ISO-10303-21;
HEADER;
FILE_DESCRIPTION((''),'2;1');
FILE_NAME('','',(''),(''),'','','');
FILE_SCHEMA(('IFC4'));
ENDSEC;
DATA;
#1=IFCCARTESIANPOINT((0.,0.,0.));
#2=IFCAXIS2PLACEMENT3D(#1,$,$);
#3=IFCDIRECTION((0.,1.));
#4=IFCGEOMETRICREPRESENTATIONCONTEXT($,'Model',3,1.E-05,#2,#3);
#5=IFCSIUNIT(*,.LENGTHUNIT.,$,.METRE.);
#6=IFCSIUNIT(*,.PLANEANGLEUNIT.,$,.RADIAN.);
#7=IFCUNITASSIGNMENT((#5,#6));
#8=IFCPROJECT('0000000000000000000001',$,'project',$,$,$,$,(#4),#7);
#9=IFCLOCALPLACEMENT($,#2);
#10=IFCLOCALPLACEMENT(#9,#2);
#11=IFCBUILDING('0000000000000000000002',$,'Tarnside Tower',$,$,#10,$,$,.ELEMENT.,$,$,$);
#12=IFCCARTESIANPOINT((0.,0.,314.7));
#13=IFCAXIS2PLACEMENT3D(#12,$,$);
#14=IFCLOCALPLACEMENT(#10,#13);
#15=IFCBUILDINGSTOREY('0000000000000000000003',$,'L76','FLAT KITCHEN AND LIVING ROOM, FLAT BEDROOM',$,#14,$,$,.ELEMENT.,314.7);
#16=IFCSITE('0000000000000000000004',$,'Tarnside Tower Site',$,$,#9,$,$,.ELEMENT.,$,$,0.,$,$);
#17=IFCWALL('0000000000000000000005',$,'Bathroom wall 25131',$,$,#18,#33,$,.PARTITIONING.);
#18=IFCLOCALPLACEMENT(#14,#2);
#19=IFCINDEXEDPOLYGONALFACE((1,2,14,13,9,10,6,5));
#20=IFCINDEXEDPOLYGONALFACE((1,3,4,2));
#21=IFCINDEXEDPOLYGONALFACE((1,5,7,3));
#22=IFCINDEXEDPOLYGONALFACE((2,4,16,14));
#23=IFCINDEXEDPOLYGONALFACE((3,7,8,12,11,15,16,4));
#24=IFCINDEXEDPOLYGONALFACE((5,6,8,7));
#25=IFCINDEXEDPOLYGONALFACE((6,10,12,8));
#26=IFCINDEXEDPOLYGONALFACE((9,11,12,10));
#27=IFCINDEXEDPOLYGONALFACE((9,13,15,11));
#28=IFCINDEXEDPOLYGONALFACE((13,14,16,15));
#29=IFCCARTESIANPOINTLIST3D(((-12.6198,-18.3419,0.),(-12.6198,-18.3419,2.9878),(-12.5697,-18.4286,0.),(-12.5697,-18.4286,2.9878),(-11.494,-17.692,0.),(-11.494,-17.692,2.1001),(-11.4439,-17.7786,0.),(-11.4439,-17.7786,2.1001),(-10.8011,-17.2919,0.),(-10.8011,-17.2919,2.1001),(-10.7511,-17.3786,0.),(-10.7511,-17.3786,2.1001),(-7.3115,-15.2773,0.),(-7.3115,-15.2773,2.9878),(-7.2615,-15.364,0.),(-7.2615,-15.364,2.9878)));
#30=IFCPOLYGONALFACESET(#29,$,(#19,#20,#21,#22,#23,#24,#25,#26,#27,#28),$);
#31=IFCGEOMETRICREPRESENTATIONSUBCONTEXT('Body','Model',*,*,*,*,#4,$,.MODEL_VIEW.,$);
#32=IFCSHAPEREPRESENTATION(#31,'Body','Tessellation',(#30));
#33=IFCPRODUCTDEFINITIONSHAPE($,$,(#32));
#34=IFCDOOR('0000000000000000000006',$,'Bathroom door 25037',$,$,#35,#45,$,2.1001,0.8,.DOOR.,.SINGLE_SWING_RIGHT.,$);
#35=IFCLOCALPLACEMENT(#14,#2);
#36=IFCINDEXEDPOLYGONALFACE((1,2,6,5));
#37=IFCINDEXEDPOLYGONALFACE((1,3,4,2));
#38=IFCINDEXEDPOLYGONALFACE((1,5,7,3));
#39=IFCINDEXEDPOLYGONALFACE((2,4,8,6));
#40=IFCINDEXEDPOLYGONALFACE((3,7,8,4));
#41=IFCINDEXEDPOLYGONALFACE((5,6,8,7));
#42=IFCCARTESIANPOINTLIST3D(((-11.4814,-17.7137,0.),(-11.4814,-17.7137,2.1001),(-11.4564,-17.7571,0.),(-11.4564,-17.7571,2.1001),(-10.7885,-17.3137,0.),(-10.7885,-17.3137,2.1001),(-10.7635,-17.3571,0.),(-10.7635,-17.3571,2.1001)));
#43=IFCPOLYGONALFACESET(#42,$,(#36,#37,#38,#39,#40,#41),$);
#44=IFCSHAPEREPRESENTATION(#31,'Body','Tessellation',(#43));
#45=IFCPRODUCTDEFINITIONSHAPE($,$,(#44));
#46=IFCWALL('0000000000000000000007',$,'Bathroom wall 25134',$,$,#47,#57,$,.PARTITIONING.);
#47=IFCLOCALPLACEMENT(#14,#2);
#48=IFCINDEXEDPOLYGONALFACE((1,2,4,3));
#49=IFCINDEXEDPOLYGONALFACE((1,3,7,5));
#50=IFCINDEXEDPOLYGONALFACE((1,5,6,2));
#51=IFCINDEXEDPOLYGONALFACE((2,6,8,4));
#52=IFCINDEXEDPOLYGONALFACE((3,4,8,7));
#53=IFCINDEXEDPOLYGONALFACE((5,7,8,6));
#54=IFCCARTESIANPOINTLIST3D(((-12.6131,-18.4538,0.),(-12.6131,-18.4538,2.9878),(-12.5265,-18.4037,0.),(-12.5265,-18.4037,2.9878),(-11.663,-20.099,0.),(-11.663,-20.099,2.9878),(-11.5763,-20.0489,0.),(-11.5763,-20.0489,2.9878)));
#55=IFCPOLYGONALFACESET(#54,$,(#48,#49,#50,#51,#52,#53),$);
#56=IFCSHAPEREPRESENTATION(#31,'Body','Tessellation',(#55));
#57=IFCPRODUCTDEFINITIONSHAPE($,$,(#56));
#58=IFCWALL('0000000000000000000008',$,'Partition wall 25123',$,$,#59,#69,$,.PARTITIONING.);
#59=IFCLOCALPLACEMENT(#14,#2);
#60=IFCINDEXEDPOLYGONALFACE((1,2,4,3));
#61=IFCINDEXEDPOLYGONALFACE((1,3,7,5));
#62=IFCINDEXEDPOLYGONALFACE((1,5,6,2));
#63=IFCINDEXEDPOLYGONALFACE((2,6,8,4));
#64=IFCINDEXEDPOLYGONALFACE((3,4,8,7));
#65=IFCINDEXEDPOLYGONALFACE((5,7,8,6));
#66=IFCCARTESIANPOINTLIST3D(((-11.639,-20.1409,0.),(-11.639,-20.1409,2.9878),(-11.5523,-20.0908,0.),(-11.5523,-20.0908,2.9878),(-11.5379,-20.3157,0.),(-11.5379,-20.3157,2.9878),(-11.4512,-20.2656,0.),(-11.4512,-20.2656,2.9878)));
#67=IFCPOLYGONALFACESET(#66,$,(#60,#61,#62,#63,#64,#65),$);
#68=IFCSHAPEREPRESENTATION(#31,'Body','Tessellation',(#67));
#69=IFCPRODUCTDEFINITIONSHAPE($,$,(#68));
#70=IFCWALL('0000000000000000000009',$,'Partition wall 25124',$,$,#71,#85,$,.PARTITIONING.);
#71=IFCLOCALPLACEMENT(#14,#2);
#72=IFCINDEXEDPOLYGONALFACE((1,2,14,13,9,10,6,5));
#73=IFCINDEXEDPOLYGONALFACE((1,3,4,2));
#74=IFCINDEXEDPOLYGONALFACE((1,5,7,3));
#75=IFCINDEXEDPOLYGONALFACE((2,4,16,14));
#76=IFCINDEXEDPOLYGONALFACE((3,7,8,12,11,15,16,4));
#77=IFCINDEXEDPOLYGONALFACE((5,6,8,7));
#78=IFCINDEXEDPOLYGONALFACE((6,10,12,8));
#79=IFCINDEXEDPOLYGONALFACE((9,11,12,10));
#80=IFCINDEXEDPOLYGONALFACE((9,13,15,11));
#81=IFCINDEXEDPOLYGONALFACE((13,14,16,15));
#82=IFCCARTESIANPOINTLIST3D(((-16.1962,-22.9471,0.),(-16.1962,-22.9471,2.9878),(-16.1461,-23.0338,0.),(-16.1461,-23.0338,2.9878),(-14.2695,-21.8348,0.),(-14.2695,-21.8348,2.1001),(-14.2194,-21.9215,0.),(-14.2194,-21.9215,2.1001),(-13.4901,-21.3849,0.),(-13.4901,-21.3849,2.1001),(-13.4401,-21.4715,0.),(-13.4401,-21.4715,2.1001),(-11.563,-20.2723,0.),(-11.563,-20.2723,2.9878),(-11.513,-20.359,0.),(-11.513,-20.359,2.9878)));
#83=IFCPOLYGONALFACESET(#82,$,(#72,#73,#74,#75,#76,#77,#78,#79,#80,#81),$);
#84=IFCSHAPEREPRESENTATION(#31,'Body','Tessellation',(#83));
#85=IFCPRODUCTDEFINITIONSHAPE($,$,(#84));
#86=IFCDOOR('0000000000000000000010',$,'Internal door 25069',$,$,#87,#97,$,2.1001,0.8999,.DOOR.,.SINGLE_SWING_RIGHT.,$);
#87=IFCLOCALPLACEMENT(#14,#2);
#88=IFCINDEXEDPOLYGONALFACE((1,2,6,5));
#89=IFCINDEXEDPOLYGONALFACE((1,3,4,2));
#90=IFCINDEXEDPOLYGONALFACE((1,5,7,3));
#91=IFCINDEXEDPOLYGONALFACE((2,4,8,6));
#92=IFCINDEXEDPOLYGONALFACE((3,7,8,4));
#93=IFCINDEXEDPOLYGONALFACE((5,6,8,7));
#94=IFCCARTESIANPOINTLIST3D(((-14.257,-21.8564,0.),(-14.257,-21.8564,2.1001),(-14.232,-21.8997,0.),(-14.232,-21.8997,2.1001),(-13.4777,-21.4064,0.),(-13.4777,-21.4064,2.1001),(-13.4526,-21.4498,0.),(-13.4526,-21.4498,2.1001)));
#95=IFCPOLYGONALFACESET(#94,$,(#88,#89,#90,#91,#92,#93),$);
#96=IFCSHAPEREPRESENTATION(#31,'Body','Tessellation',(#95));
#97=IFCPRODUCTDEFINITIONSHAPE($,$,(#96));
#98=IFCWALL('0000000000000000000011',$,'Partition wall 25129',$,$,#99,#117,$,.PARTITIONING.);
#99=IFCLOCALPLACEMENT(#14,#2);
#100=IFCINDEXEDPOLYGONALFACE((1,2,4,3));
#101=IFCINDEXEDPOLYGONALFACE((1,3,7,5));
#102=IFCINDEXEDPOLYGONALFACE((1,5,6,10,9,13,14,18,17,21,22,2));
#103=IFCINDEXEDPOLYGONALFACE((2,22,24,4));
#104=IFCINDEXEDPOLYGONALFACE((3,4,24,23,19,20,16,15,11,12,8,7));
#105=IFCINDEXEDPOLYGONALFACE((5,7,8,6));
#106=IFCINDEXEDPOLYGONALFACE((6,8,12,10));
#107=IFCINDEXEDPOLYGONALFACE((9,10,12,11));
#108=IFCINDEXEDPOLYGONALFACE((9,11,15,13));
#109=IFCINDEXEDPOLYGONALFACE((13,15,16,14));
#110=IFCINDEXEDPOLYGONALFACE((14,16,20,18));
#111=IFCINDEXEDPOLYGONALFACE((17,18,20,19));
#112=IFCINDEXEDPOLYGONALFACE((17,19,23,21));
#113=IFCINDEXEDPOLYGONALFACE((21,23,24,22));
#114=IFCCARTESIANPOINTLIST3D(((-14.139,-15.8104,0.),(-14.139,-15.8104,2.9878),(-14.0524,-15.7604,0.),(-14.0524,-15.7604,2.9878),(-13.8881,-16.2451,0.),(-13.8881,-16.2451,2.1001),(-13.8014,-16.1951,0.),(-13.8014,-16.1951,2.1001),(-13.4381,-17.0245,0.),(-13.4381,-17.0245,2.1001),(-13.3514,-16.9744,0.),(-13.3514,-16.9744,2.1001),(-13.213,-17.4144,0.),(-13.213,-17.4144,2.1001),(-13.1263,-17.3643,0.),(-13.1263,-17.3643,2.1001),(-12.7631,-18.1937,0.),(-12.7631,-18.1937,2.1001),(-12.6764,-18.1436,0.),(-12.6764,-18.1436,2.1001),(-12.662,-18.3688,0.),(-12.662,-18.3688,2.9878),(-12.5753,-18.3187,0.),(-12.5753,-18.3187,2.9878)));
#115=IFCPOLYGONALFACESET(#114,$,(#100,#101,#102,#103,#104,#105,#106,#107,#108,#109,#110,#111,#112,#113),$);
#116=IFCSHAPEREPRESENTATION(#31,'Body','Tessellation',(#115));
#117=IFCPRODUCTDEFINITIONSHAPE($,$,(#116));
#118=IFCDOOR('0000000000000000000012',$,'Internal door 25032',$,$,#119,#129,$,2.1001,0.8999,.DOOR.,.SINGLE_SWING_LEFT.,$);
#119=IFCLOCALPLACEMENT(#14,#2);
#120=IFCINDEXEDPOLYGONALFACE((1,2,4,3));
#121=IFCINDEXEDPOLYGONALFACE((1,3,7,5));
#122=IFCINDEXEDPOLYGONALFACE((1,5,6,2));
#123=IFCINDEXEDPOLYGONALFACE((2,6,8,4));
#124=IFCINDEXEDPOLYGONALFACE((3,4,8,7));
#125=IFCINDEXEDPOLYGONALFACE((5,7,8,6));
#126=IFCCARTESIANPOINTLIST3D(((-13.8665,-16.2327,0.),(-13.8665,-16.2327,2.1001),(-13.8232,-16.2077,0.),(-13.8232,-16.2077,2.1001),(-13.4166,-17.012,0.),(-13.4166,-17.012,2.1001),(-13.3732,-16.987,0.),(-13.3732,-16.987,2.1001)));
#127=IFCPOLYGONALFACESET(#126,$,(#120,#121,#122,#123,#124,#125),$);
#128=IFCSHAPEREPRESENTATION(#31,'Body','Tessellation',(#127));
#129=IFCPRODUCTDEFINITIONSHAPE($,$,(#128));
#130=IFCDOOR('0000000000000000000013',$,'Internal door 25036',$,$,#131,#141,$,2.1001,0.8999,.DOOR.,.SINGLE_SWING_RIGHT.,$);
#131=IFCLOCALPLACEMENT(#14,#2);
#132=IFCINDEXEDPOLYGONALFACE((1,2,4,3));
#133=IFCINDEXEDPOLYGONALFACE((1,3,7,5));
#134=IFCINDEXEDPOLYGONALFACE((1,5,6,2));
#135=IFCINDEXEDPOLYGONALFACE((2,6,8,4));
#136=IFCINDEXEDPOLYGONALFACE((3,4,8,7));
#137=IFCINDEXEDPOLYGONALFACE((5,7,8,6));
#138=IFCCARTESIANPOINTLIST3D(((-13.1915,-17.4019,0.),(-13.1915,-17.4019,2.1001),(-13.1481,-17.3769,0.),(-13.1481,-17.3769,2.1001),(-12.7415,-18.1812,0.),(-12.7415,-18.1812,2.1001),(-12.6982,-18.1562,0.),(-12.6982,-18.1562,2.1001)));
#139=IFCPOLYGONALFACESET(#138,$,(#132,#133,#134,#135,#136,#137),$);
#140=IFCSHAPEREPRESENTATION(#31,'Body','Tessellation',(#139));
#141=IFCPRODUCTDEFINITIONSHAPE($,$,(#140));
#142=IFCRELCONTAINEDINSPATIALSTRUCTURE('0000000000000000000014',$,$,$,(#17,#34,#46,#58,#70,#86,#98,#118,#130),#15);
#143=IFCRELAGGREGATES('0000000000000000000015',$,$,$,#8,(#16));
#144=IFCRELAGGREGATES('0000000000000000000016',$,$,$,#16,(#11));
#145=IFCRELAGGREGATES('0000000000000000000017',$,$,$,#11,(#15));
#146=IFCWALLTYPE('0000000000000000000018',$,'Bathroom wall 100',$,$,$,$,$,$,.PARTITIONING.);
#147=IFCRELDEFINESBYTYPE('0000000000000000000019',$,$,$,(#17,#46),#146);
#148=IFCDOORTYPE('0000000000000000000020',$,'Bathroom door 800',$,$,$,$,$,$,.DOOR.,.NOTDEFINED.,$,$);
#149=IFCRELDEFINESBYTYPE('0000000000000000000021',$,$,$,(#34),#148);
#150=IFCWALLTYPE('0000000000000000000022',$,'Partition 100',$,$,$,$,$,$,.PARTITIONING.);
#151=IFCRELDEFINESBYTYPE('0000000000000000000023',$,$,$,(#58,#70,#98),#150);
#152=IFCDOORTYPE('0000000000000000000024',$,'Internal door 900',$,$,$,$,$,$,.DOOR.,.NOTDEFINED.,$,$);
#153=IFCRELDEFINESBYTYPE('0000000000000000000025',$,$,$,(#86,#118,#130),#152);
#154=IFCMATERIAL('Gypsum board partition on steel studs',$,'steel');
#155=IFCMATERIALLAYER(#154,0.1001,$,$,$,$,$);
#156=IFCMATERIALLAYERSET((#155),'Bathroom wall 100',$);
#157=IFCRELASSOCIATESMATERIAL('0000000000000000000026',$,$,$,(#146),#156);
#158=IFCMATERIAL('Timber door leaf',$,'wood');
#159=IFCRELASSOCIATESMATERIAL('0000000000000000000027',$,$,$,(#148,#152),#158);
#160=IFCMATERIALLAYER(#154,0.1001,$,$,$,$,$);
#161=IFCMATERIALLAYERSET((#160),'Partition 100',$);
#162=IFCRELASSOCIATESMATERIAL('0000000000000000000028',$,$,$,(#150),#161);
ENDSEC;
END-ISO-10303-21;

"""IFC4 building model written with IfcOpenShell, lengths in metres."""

from ifc_helpers import new_model, si_unit, direction, frame, frame_2d, origin, place, context, subcontext, project, spatial, rectangle, extrude, material, layer, layer_set, type_object, element, fill, save


model = new_model("IFC4")

# Units and contexts
model_context = context("Model", 3, precision=1e-05, world=origin(), true_north=direction((0.0, 1.0)))
body_context = subcontext(model_context, "Body", "Model", "MODEL_VIEW")
ifc_project = project(units=[si_unit("LENGTHUNIT", "METRE"), si_unit("PLANEANGLEUNIT", "RADIAN")], contexts=[model_context])

# Site, building, storey
site_placement = place(None, origin())
site = spatial("IfcSite", under=ifc_project, at=site_placement, Name="Tarnside Tower Site", CompositionType="ELEMENT", RefElevation=0.0)
building_placement = place(site_placement, origin())
building = spatial("IfcBuilding", under=site, at=building_placement, Name="Tarnside Tower", CompositionType="ELEMENT")
storey_placement = place(building_placement, frame((0.0, 0.0, 314.7)))
storey = spatial("IfcBuildingStorey", under=building, at=storey_placement, Name="L76", Description="FLAT KITCHEN AND LIVING ROOM, FLAT BEDROOM", CompositionType="ELEMENT", Elevation=314.7)

# Wall, opening, door
ifc_material_1 = material(Name="Gypsum board partition on steel studs", Category="steel")
ifc_layer_1 = layer(ifc_material_1, 0.1001)
ifc_layer_set_1 = layer_set([ifc_layer_1], Name="Bathroom wall 100")
wall_type_1 = type_object("IfcWallType", Name="Bathroom wall 100", PredefinedType="PARTITIONING", material=ifc_layer_set_1)
wall_1_placement = place(storey_placement, frame((-12.5947, -18.3853, 0.0), z_axis=(0.0, 0.0, 1.0), x_axis=(0.866031, 0.49999, 0.0)))
wall_1 = element("IfcWall", 1, at=wall_1_placement, inside=storey, type_object=wall_type_1, Name="Bathroom wall 25131", PredefinedType="PARTITIONING", context=body_context, shape_type="SweptSolid", body=[
    extrude(rectangle(XDim=6.1294, YDim=0.1001, at=frame_2d((3.0647, 0.0))), origin(), (0.0, 0.0, 1.0), 2.9878),
])
opening_1_placement = place(wall_1_placement, frame((1.3, 0.0, 0.0)))
opening_1 = element("IfcOpeningElement", 2, at=opening_1_placement, cuts=wall_1, PredefinedType="OPENING", context=body_context, shape_type="SweptSolid", body=[
    extrude(rectangle(XDim=0.8, YDim=2.1001, at=frame_2d((0.3999, 1.05))), frame((0.0, 0.0601, 0.0), z_axis=(0.0, -1.0, 0.0), x_axis=(1.0, 0.0, 0.0)), (0.0, 0.0, 1.0), 0.1201),
])
ifc_material_2 = material(Name="Timber door leaf", Category="wood")
door_type_1 = type_object("IfcDoorType", Name="Bathroom door 800", OperationType="NOTDEFINED", PredefinedType="DOOR", material=ifc_material_2)
door_1_placement = place(opening_1_placement, origin())
door_1 = element("IfcDoor", 3, at=door_1_placement, inside=storey, type_object=door_type_1, Name="Bathroom door 25037", OperationType="SINGLE_SWING_RIGHT", OverallHeight=2.1001, OverallWidth=0.8, PredefinedType="DOOR", context=body_context, shape_type="SweptSolid", body=[
    extrude(rectangle(XDim=0.8, YDim=2.1001, at=frame_2d((0.3999, 1.05))), frame((0.0, 0.0249, 0.0), z_axis=(0.0, -1.0, 0.0), x_axis=(1.0, 0.0, 0.0)), (0.0, 0.0, 1.0), 0.05),
])
fill(opening_1, door_1)

# Wall
wall_2_placement = place(storey_placement, frame((-11.6196, -20.074, 0.0), z_axis=(0.0, 0.0, 1.0), x_axis=(-0.500119, 0.865957, 0.0)))
element("IfcWall", 4, at=wall_2_placement, inside=storey, type_object=wall_type_1, Name="Bathroom wall 25134", PredefinedType="PARTITIONING", context=body_context, shape_type="SweptSolid", body=[
    extrude(rectangle(XDim=1.8999, YDim=0.1001, at=frame_2d((0.95, 0.0))), origin(), (0.0, 0.0, 1.0), 2.9878),
])

# Wall
ifc_layer_2 = layer(ifc_material_1, 0.1001)
ifc_layer_set_2 = layer_set([ifc_layer_2], Name="Partition 100")
wall_type_2 = type_object("IfcWallType", Name="Partition 100", PredefinedType="PARTITIONING", material=ifc_layer_set_2)
wall_3_placement = place(storey_placement, frame((-11.5957, -20.1157, 0.0), z_axis=(0.0, 0.0, 1.0), x_axis=(0.50056, -0.865702, 0.0)))
element("IfcWall", 5, at=wall_3_placement, inside=storey, type_object=wall_type_2, Name="Partition wall 25123", PredefinedType="PARTITIONING", context=body_context, shape_type="SweptSolid", body=[
    extrude(rectangle(XDim=0.2019, YDim=0.1001, at=frame_2d((0.1011, 0.0))), origin(), (0.0, 0.0, 1.0), 2.9878),
])

# Wall, opening, door
wall_4_placement = place(storey_placement, frame((-11.5381, -20.3157, 0.0), z_axis=(0.0, 0.0, 1.0), x_axis=(-0.866033, -0.499987, 0.0)))
wall_4 = element("IfcWall", 6, at=wall_4_placement, inside=storey, type_object=wall_type_2, Name="Partition wall 25124", PredefinedType="PARTITIONING", context=body_context, shape_type="SweptSolid", body=[
    extrude(rectangle(XDim=5.3499, YDim=0.1001, at=frame_2d((2.6748, 0.0))), origin(), (0.0, 0.0, 1.0), 2.9878),
])
opening_2_placement = place(wall_4_placement, frame((2.2251, 0.0, 0.0)))
opening_2 = element("IfcOpeningElement", 7, at=opening_2_placement, cuts=wall_4, PredefinedType="OPENING", context=body_context, shape_type="SweptSolid", body=[
    extrude(rectangle(XDim=0.8999, YDim=2.1001, at=frame_2d((0.45, 1.05))), frame((0.0, 0.0601, 0.0), z_axis=(0.0, -1.0, 0.0), x_axis=(1.0, 0.0, 0.0)), (0.0, 0.0, 1.0), 0.1201),
])
door_type_2 = type_object("IfcDoorType", Name="Internal door 900", OperationType="NOTDEFINED", PredefinedType="DOOR", material=ifc_material_2)
door_2_placement = place(opening_2_placement, origin())
door_2 = element("IfcDoor", 8, at=door_2_placement, inside=storey, type_object=door_type_2, Name="Internal door 25069", OperationType="SINGLE_SWING_RIGHT", OverallHeight=2.1001, OverallWidth=0.8999, PredefinedType="DOOR", context=body_context, shape_type="SweptSolid", body=[
    extrude(rectangle(XDim=0.8999, YDim=2.1001, at=frame_2d((0.45, 1.05))), frame((0.0, 0.0249, 0.0), z_axis=(0.0, -1.0, 0.0), x_axis=(1.0, 0.0, 0.0)), (0.0, 0.0, 1.0), 0.05),
])
fill(opening_2, door_2)

# Wall, openings, doors
wall_5_placement = place(storey_placement, frame((-14.0957, -15.7854, 0.0), z_axis=(0.0, 0.0, 1.0), x_axis=(0.499997, -0.866027, 0.0)))
wall_5 = element("IfcWall", 9, at=wall_5_placement, inside=storey, type_object=wall_type_2, Name="Partition wall 25129", PredefinedType="PARTITIONING", context=body_context, shape_type="SweptSolid", body=[
    extrude(rectangle(XDim=2.9541, YDim=0.1001, at=frame_2d((1.4771, 0.0))), origin(), (0.0, 0.0, 1.0), 2.9878),
])
opening_3_placement = place(wall_5_placement, frame((0.502, 0.0, 0.0)))
opening_3 = element("IfcOpeningElement", 10, at=opening_3_placement, cuts=wall_5, PredefinedType="OPENING", context=body_context, shape_type="SweptSolid", body=[
    extrude(rectangle(XDim=0.8999, YDim=2.1001, at=frame_2d((0.45, 1.05))), frame((0.0, 0.0601, 0.0), z_axis=(0.0, -1.0, 0.0), x_axis=(1.0, 0.0, 0.0)), (0.0, 0.0, 1.0), 0.1201),
])
opening_4_placement = place(wall_5_placement, frame((1.8521, 0.0, 0.0)))
opening_4 = element("IfcOpeningElement", 11, at=opening_4_placement, cuts=wall_5, PredefinedType="OPENING", context=body_context, shape_type="SweptSolid", body=[
    extrude(rectangle(XDim=0.8999, YDim=2.1001, at=frame_2d((0.45, 1.05))), frame((0.0, 0.0601, 0.0), z_axis=(0.0, -1.0, 0.0), x_axis=(1.0, 0.0, 0.0)), (0.0, 0.0, 1.0), 0.1201),
])
door_3_placement = place(opening_3_placement, origin())
door_3 = element("IfcDoor", 12, at=door_3_placement, inside=storey, type_object=door_type_2, Name="Internal door 25032", OperationType="SINGLE_SWING_LEFT", OverallHeight=2.1001, OverallWidth=0.8999, PredefinedType="DOOR", context=body_context, shape_type="SweptSolid", body=[
    extrude(rectangle(XDim=0.8999, YDim=2.1001, at=frame_2d((0.45, 1.05))), frame((0.0, 0.0249, 0.0), z_axis=(0.0, -1.0, 0.0), x_axis=(1.0, 0.0, 0.0)), (0.0, 0.0, 1.0), 0.05),
])
fill(opening_3, door_3)
door_4_placement = place(opening_4_placement, origin())
door_4 = element("IfcDoor", 13, at=door_4_placement, inside=storey, type_object=door_type_2, Name="Internal door 25036", OperationType="SINGLE_SWING_RIGHT", OverallHeight=2.1001, OverallWidth=0.8999, PredefinedType="DOOR", context=body_context, shape_type="SweptSolid", body=[
    extrude(rectangle(XDim=0.8999, YDim=2.1001, at=frame_2d((0.45, 1.05))), frame((0.0, 0.0249, 0.0), z_axis=(0.0, -1.0, 0.0), x_axis=(1.0, 0.0, 0.0)), (0.0, 0.0, 1.0), 0.05),
])
fill(opening_4, door_4)

save(model, "model.ifc")
